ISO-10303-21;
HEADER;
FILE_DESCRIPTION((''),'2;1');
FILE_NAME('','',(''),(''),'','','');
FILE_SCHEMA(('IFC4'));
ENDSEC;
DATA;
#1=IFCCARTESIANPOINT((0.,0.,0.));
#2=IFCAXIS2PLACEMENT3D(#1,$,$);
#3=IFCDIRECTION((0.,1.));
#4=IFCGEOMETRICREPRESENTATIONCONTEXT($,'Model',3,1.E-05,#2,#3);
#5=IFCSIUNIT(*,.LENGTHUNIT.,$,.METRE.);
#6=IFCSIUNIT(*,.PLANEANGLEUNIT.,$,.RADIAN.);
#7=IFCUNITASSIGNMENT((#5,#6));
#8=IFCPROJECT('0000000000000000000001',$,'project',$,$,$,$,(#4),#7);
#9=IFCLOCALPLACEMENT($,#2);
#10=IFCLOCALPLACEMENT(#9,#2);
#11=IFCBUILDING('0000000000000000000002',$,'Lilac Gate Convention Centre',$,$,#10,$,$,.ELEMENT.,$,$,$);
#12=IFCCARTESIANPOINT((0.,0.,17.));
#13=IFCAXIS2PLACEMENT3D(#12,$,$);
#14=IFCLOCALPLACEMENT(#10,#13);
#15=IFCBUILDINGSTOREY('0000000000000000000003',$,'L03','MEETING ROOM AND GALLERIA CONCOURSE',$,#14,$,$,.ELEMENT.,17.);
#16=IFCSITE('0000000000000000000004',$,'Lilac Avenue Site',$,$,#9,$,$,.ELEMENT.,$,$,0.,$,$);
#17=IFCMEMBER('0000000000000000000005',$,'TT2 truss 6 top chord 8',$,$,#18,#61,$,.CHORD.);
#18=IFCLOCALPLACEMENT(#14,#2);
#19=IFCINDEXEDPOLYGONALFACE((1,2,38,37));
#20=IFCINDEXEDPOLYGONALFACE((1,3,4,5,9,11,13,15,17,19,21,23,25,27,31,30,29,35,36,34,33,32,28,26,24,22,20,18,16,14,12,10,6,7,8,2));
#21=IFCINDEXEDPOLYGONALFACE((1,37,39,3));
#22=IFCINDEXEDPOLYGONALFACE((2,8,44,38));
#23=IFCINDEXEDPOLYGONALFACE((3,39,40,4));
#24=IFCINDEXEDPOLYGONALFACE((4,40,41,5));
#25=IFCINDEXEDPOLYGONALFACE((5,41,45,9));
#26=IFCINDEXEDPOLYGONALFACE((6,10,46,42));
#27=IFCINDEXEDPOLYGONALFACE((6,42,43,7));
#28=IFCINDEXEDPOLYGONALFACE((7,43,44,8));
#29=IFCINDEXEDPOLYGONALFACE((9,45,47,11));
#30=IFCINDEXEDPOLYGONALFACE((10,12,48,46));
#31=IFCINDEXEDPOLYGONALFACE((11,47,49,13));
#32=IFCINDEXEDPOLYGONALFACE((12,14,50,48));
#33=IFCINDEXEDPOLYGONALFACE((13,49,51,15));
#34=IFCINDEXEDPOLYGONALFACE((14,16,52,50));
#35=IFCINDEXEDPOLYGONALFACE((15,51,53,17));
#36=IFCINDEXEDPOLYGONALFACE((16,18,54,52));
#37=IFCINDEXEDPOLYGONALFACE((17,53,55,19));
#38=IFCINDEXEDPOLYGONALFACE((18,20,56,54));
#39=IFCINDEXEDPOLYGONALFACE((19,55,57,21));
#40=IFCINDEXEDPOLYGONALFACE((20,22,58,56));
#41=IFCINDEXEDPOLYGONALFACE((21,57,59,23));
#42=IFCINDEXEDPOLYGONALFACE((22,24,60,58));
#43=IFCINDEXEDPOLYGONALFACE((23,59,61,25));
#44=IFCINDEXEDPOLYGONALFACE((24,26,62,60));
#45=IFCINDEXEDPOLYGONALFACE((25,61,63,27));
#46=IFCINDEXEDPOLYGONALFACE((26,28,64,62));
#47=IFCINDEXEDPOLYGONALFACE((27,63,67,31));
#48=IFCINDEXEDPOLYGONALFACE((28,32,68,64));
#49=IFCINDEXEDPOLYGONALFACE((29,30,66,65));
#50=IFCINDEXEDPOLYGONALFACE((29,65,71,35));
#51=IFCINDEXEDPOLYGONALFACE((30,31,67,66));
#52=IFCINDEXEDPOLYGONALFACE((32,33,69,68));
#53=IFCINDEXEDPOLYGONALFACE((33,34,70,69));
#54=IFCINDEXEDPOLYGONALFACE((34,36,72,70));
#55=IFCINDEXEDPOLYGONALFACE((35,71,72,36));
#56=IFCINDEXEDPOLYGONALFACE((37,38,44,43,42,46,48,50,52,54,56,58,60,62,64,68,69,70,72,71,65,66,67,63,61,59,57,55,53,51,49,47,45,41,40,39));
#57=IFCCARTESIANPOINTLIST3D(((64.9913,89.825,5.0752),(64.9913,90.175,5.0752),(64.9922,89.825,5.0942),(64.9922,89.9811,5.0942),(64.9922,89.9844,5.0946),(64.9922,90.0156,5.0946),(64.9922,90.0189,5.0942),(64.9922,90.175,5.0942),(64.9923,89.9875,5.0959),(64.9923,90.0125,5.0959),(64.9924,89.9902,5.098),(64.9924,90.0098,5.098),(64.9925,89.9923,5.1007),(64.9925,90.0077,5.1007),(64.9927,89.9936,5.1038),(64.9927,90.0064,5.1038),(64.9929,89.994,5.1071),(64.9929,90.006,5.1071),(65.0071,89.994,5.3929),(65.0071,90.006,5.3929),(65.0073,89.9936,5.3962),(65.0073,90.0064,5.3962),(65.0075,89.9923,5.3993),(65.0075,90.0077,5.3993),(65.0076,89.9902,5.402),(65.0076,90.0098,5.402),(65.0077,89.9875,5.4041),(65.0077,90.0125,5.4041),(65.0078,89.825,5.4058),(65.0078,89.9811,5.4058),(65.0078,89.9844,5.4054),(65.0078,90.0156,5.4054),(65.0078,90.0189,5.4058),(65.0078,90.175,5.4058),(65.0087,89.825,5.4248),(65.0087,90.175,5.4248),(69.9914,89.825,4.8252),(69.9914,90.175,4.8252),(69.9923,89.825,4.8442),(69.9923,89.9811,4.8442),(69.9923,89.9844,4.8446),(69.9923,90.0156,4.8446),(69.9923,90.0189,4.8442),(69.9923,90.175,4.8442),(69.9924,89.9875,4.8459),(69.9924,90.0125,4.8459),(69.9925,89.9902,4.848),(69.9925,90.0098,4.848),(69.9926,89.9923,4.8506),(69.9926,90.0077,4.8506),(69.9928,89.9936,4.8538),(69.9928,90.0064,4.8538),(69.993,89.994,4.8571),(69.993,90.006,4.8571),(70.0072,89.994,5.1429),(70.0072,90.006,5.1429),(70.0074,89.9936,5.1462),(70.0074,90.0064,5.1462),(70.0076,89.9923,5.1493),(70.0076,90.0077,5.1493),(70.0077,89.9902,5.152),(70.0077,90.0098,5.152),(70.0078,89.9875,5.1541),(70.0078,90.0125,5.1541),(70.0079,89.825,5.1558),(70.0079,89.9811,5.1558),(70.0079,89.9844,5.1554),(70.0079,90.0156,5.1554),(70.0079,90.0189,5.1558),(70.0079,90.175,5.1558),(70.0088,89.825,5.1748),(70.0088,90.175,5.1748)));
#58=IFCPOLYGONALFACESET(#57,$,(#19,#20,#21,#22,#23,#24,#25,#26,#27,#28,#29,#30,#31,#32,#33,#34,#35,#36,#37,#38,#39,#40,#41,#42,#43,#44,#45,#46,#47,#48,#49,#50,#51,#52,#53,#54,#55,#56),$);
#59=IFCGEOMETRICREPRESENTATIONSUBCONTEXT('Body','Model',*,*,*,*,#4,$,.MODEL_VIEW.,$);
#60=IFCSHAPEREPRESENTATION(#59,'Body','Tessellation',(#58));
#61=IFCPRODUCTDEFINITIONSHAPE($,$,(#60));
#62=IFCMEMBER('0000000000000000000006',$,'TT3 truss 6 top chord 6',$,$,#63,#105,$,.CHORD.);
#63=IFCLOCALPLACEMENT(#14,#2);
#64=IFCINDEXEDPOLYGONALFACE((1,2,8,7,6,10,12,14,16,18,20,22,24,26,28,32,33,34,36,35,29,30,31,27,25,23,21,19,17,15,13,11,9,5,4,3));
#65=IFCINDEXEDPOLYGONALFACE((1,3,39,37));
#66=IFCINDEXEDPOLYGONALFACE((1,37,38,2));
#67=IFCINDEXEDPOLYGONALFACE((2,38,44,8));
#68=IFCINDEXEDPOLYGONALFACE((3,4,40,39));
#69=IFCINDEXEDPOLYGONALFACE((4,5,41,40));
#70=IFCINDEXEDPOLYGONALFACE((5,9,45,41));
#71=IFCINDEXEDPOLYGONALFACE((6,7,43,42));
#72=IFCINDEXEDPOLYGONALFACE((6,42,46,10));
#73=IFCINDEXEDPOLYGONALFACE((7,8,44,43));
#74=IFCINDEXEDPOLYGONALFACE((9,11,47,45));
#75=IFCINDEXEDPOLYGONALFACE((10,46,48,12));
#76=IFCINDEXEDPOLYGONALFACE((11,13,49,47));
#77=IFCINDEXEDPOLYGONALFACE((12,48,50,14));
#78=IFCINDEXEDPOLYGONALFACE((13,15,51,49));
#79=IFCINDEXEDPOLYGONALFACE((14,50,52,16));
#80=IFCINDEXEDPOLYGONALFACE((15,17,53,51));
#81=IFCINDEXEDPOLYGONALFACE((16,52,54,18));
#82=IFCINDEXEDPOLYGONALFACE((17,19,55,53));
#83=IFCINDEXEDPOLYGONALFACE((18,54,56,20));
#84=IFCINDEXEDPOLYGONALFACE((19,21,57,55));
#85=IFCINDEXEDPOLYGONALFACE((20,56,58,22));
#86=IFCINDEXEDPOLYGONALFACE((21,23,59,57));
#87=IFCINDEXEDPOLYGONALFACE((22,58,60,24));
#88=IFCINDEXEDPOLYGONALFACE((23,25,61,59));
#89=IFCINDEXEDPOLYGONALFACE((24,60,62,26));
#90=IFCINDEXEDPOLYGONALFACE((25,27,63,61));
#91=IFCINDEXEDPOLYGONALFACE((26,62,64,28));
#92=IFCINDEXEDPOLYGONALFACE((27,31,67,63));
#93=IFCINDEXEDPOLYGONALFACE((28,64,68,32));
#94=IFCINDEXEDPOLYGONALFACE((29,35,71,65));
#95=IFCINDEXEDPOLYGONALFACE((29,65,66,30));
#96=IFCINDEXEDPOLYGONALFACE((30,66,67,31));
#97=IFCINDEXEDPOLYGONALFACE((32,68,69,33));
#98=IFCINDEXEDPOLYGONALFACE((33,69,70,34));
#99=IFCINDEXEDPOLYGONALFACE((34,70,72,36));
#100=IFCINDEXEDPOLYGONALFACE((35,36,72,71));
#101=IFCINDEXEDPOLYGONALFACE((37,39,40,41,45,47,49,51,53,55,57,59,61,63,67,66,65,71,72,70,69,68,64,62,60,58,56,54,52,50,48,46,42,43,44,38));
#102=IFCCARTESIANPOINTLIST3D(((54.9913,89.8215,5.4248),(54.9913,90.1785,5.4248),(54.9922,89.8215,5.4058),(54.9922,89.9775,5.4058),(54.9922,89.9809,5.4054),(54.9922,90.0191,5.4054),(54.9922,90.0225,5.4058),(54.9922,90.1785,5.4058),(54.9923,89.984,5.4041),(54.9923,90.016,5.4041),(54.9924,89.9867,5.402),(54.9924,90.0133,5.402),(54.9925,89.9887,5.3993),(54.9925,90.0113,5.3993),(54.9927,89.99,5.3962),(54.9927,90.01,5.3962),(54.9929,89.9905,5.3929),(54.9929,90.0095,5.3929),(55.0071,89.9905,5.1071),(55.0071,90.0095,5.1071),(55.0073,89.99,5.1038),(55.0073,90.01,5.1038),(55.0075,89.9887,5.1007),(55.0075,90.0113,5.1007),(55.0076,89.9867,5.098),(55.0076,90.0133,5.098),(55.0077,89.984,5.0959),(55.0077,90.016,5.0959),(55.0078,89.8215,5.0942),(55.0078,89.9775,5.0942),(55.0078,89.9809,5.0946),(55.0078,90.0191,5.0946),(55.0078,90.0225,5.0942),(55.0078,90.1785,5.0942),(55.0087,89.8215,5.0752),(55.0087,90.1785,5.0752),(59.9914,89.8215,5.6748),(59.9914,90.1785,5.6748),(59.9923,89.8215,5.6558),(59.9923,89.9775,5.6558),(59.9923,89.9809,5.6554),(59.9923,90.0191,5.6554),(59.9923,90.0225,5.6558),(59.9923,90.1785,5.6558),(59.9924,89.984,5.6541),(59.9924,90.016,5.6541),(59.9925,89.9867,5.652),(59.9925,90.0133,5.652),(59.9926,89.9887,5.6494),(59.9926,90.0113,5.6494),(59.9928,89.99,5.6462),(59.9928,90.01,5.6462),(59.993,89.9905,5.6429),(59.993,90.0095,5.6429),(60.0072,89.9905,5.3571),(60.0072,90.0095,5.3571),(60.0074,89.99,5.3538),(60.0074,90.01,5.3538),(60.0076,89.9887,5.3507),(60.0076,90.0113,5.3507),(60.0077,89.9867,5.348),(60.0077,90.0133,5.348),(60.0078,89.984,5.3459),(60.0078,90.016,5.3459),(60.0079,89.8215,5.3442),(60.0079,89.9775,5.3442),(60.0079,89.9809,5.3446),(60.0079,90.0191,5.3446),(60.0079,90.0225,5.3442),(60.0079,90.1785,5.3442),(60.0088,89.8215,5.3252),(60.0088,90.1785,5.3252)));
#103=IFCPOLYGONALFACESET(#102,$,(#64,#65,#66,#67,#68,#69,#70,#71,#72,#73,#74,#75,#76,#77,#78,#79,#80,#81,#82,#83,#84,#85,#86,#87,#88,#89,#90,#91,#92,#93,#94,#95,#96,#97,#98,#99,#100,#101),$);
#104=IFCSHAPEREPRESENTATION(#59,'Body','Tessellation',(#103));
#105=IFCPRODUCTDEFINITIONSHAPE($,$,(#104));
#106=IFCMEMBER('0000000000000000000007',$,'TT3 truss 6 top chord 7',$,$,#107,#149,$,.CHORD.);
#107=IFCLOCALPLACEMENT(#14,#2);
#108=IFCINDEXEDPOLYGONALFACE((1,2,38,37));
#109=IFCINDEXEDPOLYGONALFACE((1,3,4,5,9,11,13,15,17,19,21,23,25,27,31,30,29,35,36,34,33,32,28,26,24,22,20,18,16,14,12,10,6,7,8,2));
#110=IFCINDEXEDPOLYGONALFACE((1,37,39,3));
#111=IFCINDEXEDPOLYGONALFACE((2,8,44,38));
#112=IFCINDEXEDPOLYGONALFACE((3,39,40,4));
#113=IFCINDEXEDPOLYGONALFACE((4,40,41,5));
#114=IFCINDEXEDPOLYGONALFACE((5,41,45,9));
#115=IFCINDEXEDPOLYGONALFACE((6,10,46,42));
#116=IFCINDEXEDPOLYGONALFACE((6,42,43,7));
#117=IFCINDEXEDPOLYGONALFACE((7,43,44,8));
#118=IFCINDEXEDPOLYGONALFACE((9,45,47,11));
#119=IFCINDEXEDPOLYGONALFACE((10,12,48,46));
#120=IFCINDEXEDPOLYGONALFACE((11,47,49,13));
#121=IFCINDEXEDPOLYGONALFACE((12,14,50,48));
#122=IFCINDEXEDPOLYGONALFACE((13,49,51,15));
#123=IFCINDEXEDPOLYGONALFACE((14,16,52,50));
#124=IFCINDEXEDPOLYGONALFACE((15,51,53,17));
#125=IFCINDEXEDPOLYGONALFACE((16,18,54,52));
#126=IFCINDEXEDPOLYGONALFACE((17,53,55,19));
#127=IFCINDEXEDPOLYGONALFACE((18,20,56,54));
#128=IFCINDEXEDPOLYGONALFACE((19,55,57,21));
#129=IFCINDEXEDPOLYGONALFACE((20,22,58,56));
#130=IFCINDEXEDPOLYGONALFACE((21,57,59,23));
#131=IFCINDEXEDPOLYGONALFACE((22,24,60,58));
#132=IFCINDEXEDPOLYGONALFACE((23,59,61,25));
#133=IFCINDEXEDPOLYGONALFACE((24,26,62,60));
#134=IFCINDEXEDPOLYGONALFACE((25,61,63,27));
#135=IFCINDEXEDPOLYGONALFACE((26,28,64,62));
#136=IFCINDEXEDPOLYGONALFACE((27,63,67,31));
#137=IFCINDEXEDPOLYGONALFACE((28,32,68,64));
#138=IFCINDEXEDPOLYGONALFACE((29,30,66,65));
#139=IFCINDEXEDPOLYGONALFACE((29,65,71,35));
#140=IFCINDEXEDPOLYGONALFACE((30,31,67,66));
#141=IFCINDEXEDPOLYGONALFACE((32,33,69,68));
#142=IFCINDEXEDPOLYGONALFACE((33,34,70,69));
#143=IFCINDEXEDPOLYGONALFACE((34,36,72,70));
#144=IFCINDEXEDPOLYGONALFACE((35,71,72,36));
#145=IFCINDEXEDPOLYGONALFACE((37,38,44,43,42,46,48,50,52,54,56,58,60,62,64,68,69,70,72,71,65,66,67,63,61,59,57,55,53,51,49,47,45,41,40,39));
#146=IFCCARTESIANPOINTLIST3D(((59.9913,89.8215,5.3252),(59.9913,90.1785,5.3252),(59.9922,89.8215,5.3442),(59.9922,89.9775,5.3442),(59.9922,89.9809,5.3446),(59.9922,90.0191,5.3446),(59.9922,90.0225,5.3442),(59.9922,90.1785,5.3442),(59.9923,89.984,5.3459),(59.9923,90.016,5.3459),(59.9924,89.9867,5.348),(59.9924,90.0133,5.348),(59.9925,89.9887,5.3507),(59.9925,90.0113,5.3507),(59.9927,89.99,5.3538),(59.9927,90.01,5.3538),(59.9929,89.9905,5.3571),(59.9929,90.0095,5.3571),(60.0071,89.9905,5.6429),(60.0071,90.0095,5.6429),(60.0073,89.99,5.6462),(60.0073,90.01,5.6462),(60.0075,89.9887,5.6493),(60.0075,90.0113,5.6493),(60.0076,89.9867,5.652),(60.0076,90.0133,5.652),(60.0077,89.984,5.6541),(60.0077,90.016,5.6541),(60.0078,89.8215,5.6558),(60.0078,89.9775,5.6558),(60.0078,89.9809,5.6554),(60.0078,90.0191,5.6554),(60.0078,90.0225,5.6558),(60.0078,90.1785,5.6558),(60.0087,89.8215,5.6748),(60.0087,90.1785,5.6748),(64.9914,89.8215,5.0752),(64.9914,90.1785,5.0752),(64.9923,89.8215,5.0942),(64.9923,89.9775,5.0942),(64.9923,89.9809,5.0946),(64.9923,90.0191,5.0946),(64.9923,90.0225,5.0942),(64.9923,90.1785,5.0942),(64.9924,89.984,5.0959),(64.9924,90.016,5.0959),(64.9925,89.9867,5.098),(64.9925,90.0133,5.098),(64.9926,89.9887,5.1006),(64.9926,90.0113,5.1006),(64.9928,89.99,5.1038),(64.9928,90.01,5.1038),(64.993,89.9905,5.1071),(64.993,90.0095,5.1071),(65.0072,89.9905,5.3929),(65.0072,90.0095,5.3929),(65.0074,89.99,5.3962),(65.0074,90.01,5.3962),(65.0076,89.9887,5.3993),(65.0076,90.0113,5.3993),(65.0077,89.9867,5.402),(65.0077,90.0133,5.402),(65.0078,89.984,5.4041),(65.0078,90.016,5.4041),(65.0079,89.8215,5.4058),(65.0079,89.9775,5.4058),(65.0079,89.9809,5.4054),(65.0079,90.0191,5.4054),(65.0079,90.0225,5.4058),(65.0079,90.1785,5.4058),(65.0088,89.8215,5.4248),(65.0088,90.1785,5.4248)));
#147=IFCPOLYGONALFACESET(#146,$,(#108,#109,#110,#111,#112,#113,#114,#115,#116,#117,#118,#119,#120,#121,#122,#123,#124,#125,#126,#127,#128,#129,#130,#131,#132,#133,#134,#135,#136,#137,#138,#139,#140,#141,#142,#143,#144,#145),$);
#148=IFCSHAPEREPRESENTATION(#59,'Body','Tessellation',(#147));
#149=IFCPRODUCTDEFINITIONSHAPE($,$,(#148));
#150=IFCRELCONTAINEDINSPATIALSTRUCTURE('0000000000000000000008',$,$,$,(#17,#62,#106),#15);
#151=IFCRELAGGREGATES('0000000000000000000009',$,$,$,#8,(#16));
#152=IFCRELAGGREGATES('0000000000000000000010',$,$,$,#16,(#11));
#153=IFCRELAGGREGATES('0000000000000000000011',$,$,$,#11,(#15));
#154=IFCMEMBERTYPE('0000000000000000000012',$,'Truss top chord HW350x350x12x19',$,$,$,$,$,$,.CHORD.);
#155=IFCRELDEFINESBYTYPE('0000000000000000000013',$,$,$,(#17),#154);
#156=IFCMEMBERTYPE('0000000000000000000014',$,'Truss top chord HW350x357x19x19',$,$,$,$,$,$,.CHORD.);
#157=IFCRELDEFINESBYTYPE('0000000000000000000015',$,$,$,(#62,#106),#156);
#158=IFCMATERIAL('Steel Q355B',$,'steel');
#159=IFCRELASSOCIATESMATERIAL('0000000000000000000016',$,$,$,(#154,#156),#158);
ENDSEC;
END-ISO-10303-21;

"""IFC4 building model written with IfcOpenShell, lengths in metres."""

from ifc_helpers import new_model, si_unit, direction, frame, origin, origin_2d, place, context, subcontext, project, spatial, i_section, extrude, material, material_profile, profile_set, type_object, element, save


model = new_model("IFC4")

# Units and contexts
model_context = context("Model", 3, precision=1e-05, world=origin(), true_north=direction((0.0, 1.0)))
body_context = subcontext(model_context, "Body", "Model", "MODEL_VIEW")
ifc_project = project(units=[si_unit("LENGTHUNIT", "METRE"), si_unit("PLANEANGLEUNIT", "RADIAN")], contexts=[model_context])

# Site, building, storey
site_placement = place(None, origin())
site = spatial("IfcSite", under=ifc_project, at=site_placement, Name="Lilac Avenue Site", CompositionType="ELEMENT", RefElevation=0.0)
building_placement = place(site_placement, origin())
building = spatial("IfcBuilding", under=site, at=building_placement, Name="Lilac Gate Convention Centre", CompositionType="ELEMENT")
storey_placement = place(building_placement, frame((0.0, 0.0, 17.0)))
storey = spatial("IfcBuildingStorey", under=building, at=storey_placement, Name="L03", Description="MEETING ROOM AND GALLERIA CONCOURSE", CompositionType="ELEMENT", Elevation=17.0)

# Members
ifc_material = material(Name="Steel Q355B", Category="steel")
ifc_material_profile_1 = material_profile(ifc_material, i_section(OverallWidth=0.3501, OverallDepth=0.3501, WebThickness=0.012, FlangeThickness=0.019, FilletRadius=0.0129, at=origin_2d()), Name="HW350x350x12x19")
ifc_profile_set_1 = profile_set([ifc_material_profile_1], Name="Steel Q355B")
member_type_1 = type_object("IfcMemberType", Name="Truss top chord HW350x350x12x19", PredefinedType="CHORD", material=ifc_profile_set_1)
member_1_placement = place(storey_placement, frame((65.0, 90.0, 5.25), z_axis=(0.998752, 0.0, -0.049938), x_axis=(0.0, 1.0, 0.0)))
element("IfcMember", 1, at=member_1_placement, inside=storey, type_object=member_type_1, Name="TT2 truss 6 top chord 8", PredefinedType="CHORD", context=body_context, shape_type="SweptSolid", body=[
    extrude(i_section(OverallWidth=0.3501, OverallDepth=0.3501, WebThickness=0.012, FlangeThickness=0.019, FilletRadius=0.0129, at=origin_2d()), origin(), (0.0, 0.0, 1.0), 5.0063),
])
ifc_material_profile_2 = material_profile(ifc_material, i_section(OverallWidth=0.3569, OverallDepth=0.3501, WebThickness=0.019, FlangeThickness=0.019, FilletRadius=0.0129, at=origin_2d()), Name="HW350x357x19x19")
ifc_profile_set_2 = profile_set([ifc_material_profile_2], Name="Steel Q355B")
member_type_2 = type_object("IfcMemberType", Name="Truss top chord HW350x357x19x19", PredefinedType="CHORD", material=ifc_profile_set_2)
for number, where, z_axis, x_axis, name in (
    (2, (55.0, 90.0, 5.25), (0.998752, 0.0, 0.049938), (0.0, 1.0, 0.0), "TT3 truss 6 top chord 6"),
    (3, (60.0, 90.0, 5.5), (0.998752, 0.0, -0.049938), (0.0, 1.0, 0.0), "TT3 truss 6 top chord 7"),
):
    element("IfcMember", number, at=place(storey_placement, frame(where, z_axis=z_axis, x_axis=x_axis)), inside=storey, type_object=member_type_2, Name=name, PredefinedType="CHORD", context=body_context, shape_type="SweptSolid", body=[
        extrude(i_section(OverallWidth=0.3569, OverallDepth=0.3501, WebThickness=0.019, FlangeThickness=0.019, FilletRadius=0.0129, at=origin_2d()), origin(), (0.0, 0.0, 1.0), 5.0063),
    ])

save(model, "model.ifc")
